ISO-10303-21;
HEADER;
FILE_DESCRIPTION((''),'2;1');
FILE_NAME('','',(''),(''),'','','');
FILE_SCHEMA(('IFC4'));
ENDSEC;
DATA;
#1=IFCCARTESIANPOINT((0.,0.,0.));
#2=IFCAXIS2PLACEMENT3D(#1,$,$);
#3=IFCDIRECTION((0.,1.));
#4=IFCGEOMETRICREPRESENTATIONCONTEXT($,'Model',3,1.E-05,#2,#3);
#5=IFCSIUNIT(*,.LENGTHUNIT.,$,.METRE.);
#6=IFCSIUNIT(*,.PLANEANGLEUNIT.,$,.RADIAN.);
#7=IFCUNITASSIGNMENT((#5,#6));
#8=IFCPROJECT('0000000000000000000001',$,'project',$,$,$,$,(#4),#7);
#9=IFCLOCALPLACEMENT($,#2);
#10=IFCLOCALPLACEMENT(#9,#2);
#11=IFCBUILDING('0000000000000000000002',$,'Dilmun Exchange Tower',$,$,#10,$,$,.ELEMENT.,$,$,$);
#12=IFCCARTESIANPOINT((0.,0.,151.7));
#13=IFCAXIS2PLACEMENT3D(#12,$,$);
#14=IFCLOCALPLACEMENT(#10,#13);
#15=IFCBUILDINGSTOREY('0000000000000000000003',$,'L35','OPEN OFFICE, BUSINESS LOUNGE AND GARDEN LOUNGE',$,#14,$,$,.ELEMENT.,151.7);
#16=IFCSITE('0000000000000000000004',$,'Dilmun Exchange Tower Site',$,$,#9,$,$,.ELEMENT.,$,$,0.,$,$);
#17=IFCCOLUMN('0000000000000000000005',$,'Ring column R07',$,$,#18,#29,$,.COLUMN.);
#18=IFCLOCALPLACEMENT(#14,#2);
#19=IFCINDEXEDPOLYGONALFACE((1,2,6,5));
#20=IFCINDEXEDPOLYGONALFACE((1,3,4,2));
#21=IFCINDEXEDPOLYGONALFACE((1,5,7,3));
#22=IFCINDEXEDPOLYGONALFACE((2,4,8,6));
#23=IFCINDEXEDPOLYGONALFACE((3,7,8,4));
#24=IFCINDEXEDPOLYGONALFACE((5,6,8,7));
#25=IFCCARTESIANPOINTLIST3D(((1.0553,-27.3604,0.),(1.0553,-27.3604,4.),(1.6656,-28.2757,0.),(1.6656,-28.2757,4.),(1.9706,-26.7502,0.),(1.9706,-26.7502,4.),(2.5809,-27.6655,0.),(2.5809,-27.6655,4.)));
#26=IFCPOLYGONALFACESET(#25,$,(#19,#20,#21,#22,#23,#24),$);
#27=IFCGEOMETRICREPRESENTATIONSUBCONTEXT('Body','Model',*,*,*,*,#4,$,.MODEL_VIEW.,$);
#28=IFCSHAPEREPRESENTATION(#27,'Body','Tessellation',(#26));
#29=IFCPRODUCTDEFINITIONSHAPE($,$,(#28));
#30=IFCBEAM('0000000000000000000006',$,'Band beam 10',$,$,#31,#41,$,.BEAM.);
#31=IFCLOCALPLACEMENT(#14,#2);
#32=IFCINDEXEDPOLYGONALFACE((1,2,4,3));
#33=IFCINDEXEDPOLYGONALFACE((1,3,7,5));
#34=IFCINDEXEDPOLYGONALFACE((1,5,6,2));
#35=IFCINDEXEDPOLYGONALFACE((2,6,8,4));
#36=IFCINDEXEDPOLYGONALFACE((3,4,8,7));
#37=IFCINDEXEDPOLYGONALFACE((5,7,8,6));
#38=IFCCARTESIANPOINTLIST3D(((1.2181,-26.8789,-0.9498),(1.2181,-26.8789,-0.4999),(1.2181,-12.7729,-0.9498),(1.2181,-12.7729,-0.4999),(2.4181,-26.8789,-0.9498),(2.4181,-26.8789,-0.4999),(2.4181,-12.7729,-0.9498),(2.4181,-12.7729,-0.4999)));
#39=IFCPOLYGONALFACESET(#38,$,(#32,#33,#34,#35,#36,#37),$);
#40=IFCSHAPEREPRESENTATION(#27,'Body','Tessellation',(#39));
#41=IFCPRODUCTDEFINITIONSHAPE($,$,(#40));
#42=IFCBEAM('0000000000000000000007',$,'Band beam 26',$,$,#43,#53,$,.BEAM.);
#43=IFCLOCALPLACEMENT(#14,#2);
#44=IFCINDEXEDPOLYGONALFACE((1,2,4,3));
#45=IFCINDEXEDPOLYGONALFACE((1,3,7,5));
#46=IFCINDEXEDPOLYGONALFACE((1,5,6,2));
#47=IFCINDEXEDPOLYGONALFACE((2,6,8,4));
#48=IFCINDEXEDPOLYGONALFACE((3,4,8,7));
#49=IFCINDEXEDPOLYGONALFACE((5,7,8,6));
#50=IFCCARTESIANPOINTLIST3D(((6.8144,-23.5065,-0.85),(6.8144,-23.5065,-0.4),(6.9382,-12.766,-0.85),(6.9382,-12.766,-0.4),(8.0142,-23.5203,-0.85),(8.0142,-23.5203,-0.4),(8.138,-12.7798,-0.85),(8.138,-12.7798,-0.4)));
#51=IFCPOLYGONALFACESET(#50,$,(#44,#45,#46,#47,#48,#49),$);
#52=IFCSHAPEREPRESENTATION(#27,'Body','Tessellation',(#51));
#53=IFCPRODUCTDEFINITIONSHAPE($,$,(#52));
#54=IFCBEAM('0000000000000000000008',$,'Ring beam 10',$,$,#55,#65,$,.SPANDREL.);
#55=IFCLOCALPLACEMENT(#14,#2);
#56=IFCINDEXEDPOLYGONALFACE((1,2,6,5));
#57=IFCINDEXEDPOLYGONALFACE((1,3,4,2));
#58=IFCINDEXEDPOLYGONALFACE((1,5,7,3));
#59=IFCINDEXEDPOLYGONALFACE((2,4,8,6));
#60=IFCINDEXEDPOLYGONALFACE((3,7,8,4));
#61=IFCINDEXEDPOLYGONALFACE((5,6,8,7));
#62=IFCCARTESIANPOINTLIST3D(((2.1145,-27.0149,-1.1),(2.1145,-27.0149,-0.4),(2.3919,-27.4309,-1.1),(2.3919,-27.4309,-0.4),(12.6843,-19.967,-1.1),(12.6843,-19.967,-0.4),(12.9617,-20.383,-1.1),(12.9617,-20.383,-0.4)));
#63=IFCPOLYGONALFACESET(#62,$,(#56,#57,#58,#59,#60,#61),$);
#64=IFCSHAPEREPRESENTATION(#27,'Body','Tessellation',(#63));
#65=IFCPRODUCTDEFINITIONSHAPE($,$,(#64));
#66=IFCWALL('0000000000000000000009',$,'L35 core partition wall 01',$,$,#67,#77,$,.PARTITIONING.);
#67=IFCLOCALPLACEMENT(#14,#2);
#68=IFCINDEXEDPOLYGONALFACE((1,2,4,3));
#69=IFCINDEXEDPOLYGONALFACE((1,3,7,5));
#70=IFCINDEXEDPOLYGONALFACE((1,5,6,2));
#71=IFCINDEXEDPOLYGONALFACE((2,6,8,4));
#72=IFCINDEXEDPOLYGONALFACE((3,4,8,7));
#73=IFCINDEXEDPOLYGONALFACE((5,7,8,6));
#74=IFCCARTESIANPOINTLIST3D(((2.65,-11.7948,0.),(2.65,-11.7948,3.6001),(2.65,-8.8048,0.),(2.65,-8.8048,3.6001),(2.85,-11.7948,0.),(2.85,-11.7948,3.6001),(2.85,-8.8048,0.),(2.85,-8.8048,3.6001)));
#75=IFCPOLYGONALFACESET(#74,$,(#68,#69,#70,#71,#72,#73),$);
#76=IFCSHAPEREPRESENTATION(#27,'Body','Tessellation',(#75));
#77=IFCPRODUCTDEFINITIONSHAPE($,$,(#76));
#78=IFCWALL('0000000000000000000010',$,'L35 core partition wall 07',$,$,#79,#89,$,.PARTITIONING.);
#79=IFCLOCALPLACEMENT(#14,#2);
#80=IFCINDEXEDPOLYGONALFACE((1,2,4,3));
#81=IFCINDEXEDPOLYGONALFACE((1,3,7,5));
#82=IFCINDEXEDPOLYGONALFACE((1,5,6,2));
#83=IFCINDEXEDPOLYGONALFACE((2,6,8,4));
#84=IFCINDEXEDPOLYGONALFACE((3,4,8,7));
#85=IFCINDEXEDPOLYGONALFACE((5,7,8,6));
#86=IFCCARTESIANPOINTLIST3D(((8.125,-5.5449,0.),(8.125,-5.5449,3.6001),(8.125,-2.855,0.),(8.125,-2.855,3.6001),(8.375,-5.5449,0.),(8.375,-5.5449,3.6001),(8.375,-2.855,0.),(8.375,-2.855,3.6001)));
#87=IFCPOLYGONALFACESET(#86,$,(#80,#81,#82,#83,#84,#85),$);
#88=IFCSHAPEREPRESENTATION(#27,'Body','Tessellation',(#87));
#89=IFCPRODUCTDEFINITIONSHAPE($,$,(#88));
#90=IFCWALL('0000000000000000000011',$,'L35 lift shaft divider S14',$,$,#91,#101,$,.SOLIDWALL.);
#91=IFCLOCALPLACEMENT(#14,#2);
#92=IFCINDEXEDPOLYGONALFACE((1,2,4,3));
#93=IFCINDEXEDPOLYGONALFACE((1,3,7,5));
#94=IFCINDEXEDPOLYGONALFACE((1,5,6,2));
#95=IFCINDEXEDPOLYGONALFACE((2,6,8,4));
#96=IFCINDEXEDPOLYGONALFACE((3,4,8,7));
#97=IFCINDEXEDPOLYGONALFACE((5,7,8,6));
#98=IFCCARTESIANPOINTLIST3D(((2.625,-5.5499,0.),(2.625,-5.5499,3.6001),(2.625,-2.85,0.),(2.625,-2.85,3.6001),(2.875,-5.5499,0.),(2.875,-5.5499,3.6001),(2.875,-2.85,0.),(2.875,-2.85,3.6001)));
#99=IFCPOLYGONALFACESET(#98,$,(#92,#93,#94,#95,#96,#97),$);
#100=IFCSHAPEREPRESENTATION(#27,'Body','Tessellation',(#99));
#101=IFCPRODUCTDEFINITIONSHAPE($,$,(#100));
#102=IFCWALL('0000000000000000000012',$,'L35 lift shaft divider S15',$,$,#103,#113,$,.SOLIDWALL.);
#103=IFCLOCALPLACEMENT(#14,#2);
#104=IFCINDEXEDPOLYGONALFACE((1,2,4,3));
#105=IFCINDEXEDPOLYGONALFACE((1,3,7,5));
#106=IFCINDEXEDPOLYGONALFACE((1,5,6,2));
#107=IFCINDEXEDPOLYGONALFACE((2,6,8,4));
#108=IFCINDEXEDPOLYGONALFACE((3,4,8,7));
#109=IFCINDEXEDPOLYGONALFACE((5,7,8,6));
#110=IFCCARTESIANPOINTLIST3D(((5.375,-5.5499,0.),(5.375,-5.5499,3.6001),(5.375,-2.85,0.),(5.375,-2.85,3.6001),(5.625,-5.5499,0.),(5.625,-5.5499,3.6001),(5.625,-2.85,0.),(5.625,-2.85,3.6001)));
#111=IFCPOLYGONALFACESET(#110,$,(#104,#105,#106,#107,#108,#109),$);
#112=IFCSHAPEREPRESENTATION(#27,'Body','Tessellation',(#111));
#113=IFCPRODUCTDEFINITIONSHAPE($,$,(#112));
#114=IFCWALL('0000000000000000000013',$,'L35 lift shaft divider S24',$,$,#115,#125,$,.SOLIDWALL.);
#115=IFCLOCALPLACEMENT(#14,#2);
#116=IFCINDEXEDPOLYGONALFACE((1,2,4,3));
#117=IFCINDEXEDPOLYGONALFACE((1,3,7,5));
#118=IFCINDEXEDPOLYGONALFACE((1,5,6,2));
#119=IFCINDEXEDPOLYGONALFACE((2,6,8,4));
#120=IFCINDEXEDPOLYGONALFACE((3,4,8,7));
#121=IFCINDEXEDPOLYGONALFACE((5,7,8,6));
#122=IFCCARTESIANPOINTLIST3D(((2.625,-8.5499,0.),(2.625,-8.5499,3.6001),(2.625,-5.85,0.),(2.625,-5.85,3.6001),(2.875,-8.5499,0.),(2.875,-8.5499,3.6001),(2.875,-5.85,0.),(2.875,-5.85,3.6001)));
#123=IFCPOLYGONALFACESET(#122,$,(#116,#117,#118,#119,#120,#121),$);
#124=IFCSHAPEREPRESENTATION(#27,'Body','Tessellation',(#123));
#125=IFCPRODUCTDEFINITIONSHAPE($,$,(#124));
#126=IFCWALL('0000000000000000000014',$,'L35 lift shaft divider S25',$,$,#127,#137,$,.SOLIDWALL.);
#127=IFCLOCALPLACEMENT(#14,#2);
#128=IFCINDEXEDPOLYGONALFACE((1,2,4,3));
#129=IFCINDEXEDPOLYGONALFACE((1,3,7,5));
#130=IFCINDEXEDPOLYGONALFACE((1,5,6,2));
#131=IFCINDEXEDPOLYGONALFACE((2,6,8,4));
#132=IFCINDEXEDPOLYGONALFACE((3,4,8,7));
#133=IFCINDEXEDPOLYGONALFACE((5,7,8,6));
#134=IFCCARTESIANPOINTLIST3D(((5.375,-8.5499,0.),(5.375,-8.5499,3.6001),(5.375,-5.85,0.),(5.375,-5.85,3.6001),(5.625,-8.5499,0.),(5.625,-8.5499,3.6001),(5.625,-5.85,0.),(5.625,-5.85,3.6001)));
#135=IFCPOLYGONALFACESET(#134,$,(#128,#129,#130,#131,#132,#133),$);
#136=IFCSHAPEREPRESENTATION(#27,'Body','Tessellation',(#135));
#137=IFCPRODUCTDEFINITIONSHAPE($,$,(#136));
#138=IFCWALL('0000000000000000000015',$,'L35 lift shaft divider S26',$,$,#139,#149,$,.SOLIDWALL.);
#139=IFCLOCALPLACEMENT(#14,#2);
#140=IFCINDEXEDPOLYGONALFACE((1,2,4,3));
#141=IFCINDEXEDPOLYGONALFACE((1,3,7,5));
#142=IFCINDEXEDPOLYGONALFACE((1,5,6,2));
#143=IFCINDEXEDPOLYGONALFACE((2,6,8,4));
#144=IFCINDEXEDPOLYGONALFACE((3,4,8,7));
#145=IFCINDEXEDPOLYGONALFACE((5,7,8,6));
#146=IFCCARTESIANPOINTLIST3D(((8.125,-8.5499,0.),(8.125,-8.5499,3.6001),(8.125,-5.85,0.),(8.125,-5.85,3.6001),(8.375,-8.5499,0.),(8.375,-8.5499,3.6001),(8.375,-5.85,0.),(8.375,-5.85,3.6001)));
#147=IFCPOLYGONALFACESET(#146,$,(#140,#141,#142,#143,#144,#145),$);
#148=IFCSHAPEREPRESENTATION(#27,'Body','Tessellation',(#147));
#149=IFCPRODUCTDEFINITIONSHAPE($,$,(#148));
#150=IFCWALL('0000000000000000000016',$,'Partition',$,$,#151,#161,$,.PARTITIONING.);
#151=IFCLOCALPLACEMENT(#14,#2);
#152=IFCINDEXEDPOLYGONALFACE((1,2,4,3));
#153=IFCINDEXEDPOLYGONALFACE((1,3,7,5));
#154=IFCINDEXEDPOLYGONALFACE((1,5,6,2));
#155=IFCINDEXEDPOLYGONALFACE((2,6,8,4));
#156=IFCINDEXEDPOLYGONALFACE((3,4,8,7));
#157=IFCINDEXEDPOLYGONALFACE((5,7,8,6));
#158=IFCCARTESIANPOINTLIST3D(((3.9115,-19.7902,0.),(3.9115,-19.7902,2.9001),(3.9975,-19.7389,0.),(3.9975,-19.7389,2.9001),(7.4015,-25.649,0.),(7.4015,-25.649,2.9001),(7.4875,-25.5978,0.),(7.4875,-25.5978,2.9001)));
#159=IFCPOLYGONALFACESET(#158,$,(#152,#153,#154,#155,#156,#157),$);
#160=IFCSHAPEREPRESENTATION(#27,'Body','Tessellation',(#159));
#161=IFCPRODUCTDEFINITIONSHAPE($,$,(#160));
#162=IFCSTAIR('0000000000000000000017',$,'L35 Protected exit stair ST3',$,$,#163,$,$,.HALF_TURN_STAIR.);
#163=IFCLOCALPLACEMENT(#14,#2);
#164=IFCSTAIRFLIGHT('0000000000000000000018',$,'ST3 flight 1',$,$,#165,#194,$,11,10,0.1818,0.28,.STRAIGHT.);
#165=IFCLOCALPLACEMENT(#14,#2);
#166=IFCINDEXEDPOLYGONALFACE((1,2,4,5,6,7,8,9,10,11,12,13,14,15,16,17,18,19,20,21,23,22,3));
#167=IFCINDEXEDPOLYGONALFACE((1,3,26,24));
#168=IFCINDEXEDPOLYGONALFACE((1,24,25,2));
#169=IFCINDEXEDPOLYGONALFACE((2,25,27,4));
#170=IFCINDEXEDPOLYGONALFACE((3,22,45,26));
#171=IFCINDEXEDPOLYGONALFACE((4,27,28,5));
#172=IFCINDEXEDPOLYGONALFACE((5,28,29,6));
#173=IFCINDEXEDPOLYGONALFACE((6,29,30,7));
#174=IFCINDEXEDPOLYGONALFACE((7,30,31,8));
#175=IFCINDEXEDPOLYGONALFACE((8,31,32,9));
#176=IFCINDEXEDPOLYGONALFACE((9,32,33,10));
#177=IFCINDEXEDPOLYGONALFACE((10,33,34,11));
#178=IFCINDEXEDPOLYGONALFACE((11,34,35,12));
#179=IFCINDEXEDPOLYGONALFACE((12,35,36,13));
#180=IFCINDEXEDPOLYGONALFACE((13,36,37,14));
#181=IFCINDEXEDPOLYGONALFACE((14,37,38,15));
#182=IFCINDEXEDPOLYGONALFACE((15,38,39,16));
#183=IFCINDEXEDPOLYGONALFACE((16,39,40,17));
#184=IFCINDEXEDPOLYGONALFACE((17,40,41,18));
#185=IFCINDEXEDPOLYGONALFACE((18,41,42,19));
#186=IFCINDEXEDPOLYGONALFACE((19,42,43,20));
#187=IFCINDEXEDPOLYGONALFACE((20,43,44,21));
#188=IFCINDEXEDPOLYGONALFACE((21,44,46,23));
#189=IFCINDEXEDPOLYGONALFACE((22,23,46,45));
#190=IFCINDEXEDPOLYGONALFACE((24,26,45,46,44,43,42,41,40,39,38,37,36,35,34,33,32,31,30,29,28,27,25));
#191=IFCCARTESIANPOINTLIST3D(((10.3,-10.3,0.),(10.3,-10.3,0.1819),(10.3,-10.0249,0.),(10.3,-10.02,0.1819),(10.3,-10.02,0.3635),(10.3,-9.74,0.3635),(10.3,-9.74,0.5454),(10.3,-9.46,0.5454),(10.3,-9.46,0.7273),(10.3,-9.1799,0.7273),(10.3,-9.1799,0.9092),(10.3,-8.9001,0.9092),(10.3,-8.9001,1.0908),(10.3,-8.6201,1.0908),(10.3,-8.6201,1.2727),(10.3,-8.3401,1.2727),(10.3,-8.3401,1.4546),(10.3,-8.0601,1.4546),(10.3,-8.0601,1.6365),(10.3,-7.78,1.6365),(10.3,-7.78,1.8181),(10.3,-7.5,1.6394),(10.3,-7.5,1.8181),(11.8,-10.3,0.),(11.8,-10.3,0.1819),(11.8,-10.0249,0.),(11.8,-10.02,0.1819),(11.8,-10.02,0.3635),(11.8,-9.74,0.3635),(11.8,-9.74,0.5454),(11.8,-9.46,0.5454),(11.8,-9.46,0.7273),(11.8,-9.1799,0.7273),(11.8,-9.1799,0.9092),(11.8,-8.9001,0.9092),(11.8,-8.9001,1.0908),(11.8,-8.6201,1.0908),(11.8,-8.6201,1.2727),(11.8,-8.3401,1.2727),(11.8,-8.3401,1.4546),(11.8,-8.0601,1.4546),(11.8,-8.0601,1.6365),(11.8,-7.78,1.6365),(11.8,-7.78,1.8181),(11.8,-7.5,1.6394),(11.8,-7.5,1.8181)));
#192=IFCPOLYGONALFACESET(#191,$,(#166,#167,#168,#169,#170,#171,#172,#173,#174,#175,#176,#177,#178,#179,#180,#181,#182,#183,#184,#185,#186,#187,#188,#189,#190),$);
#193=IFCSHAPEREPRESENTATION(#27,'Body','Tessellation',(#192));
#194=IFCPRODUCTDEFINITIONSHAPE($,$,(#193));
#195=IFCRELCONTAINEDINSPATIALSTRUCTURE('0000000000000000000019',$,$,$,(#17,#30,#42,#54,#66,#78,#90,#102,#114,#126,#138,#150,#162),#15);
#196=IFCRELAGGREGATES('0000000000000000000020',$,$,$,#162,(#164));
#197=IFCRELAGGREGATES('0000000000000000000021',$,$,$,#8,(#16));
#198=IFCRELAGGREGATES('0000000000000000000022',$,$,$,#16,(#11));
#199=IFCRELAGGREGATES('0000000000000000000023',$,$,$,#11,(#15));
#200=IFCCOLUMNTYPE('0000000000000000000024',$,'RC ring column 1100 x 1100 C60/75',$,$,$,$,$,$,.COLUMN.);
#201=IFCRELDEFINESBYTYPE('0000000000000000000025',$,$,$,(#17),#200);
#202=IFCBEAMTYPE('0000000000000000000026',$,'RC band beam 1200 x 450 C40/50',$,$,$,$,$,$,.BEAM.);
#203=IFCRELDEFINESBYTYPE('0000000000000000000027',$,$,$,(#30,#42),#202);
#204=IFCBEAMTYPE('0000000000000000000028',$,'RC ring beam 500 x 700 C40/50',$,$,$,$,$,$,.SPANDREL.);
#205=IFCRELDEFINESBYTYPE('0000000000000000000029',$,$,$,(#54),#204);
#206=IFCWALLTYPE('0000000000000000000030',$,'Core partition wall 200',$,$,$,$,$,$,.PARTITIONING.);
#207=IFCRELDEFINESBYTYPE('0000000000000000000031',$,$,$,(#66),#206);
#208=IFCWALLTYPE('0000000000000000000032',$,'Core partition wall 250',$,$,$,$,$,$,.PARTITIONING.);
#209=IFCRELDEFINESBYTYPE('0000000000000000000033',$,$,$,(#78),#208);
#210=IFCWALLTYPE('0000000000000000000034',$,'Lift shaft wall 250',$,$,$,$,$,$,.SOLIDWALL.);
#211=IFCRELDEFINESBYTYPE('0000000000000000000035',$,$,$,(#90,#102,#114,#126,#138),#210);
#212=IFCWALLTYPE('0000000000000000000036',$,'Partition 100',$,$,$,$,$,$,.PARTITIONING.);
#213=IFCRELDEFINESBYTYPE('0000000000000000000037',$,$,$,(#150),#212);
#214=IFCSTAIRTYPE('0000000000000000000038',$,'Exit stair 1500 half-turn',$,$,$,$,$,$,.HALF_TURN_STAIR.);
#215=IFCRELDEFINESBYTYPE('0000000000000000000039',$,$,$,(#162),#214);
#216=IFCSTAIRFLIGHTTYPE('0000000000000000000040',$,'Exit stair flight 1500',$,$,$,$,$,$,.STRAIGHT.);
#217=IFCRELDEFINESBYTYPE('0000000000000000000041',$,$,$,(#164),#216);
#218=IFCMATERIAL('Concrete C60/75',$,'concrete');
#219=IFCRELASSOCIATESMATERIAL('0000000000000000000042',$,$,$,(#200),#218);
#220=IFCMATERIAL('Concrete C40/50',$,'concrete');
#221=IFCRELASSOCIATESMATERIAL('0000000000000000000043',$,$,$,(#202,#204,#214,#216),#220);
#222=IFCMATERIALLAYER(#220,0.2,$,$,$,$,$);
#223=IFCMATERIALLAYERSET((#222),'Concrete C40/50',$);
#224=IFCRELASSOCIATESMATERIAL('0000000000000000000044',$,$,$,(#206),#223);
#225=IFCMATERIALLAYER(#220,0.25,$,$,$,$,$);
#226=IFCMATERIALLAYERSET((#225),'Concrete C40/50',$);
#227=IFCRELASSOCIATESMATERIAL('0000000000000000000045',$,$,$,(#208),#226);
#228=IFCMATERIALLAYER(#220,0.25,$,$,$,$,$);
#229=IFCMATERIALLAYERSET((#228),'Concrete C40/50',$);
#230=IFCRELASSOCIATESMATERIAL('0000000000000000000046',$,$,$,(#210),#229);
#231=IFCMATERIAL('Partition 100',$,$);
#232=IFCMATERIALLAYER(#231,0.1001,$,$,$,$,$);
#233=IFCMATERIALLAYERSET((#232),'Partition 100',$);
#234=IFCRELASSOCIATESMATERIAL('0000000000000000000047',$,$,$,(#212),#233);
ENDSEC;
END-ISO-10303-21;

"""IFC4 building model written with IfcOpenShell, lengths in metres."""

from ifc_helpers import new_model, si_unit, direction, frame, frame_2d, origin, origin_2d, place, context, subcontext, project, spatial, polyline, rectangle, outline, extrude, material, layer, layer_set, material_profile, profile_set, type_object, element, aggregate, save


model = new_model("IFC4")

# Units and contexts
model_context = context("Model", 3, precision=1e-05, world=origin(), true_north=direction((0.0, 1.0)))
body_context = subcontext(model_context, "Body", "Model", "MODEL_VIEW")
ifc_project = project(units=[si_unit("LENGTHUNIT", "METRE"), si_unit("PLANEANGLEUNIT", "RADIAN")], contexts=[model_context])

# Site, building, storey
site_placement = place(None, origin())
site = spatial("IfcSite", under=ifc_project, at=site_placement, Name="Dilmun Exchange Tower Site", CompositionType="ELEMENT", RefElevation=0.0)
building_placement = place(site_placement, origin())
building = spatial("IfcBuilding", under=site, at=building_placement, Name="Dilmun Exchange Tower", CompositionType="ELEMENT")
storey_placement = place(building_placement, frame((0.0, 0.0, 151.7)))
storey = spatial("IfcBuildingStorey", under=building, at=storey_placement, Name="L35", Description="OPEN OFFICE, BUSINESS LOUNGE AND GARDEN LOUNGE", CompositionType="ELEMENT", Elevation=151.7)

# Column
ifc_material_1 = material(Name="Concrete C60/75", Category="concrete")
ifc_material_profile_1 = material_profile(ifc_material_1, rectangle(XDim=1.1001, YDim=1.1001, at=origin_2d()), Name="1100 x 1100")
ifc_profile_set_1 = profile_set([ifc_material_profile_1], Name="Concrete C60/75")
column_type = type_object("IfcColumnType", Name="RC ring column 1100 x 1100 C60/75", PredefinedType="COLUMN", material=ifc_profile_set_1)
column_placement = place(storey_placement, frame((1.8181, -27.5129, 0.0), z_axis=(0.0, 0.0, 1.0), x_axis=(0.832029, 0.554733, 0.0)))
element("IfcColumn", 1, at=column_placement, inside=storey, type_object=column_type, Name="Ring column R07", PredefinedType="COLUMN", context=body_context, shape_type="SweptSolid", body=[
    extrude(rectangle(XDim=1.1001, YDim=1.1001, at=origin_2d()), origin(), (0.0, 0.0, 1.0), 4.0),
])

# Beams
ifc_material_2 = material(Name="Concrete C40/50", Category="concrete")
ifc_material_profile_2 = material_profile(ifc_material_2, rectangle(XDim=1.2, YDim=0.45, at=origin_2d()), Name="1200 x 450")
ifc_profile_set_2 = profile_set([ifc_material_profile_2], Name="Concrete C40/50")
beam_type_1 = type_object("IfcBeamType", Name="RC band beam 1200 x 450 C40/50", PredefinedType="BEAM", material=ifc_profile_set_2)
beam_1_placement = place(storey_placement, frame((1.8181, -26.8789, -0.7249), z_axis=(0.0, 1.0, 0.0), x_axis=(-1.0, 0.0, 0.0)))
element("IfcBeam", 2, at=beam_1_placement, inside=storey, type_object=beam_type_1, Name="Band beam 10", PredefinedType="BEAM", context=body_context, shape_type="SweptSolid", body=[
    extrude(rectangle(XDim=1.2, YDim=0.45, at=origin_2d()), origin(), (0.0, 0.0, 1.0), 14.106),
])
beam_2_placement = place(storey_placement, frame((7.4143, -23.5134, -0.625), z_axis=(0.011524, 0.999934, 0.0), x_axis=(-0.999934, 0.011524, 0.0)))
element("IfcBeam", 3, at=beam_2_placement, inside=storey, type_object=beam_type_1, Name="Band beam 26", PredefinedType="BEAM", context=body_context, shape_type="SweptSolid", body=[
    extrude(rectangle(XDim=1.2, YDim=0.45, at=origin_2d()), origin(), (0.0, 0.0, 1.0), 10.7412),
])
ifc_material_profile_3 = material_profile(ifc_material_2, rectangle(XDim=0.5, YDim=0.7, at=origin_2d()), Name="500 x 700")
ifc_profile_set_3 = profile_set([ifc_material_profile_3], Name="Concrete C40/50")
beam_type_2 = type_object("IfcBeamType", Name="RC ring beam 500 x 700 C40/50", PredefinedType="SPANDREL", material=ifc_profile_set_3)
beam_3_placement = place(storey_placement, frame((2.2532, -27.2229, -0.75), z_axis=(0.832003, 0.554771, 0.0), x_axis=(-0.554771, 0.832003, 0.0)))
element("IfcBeam", 4, at=beam_3_placement, inside=storey, type_object=beam_type_2, Name="Ring beam 10", PredefinedType="SPANDREL", context=body_context, shape_type="SweptSolid", body=[
    extrude(rectangle(XDim=0.5, YDim=0.7, at=origin_2d()), origin(), (0.0, 0.0, 1.0), 12.7041),
])

# Walls
ifc_layer_1 = layer(ifc_material_2, 0.2)
ifc_layer_set_1 = layer_set([ifc_layer_1], Name="Concrete C40/50")
wall_type_1 = type_object("IfcWallType", Name="Core partition wall 200", PredefinedType="PARTITIONING", material=ifc_layer_set_1)
wall_1_placement = place(storey_placement, frame((2.75, -11.7949, 0.0), z_axis=(0.0, 0.0, 1.0), x_axis=(0.0, 1.0, 0.0)))
element("IfcWall", 5, at=wall_1_placement, inside=storey, type_object=wall_type_1, Name="L35 core partition wall 01", PredefinedType="PARTITIONING", context=body_context, shape_type="SweptSolid", body=[
    extrude(rectangle(XDim=2.99, YDim=0.2, at=frame_2d((1.4951, 0.0))), origin(), (0.0, 0.0, 1.0), 3.6001),
])
ifc_layer_2 = layer(ifc_material_2, 0.25)
ifc_layer_set_2 = layer_set([ifc_layer_2], Name="Concrete C40/50")
wall_type_2 = type_object("IfcWallType", Name="Core partition wall 250", PredefinedType="PARTITIONING", material=ifc_layer_set_2)
wall_2_placement = place(storey_placement, frame((8.25, -5.5449, 0.0), z_axis=(0.0, 0.0, 1.0), x_axis=(0.0, 1.0, 0.0)))
element("IfcWall", 6, at=wall_2_placement, inside=storey, type_object=wall_type_2, Name="L35 core partition wall 07", PredefinedType="PARTITIONING", context=body_context, shape_type="SweptSolid", body=[
    extrude(rectangle(XDim=2.6899, YDim=0.25, at=frame_2d((1.345, 0.0))), origin(), (0.0, 0.0, 1.0), 3.6001),
])
ifc_layer_3 = layer(ifc_material_2, 0.25)
ifc_layer_set_3 = layer_set([ifc_layer_3], Name="Concrete C40/50")
wall_type_3 = type_object("IfcWallType", Name="Lift shaft wall 250", PredefinedType="SOLIDWALL", material=ifc_layer_set_3)
for number, where, z_axis, x_axis, name in (
    (7, (2.75, -5.55, 0.0), (0.0, 0.0, 1.0), (0.0, 1.0, 0.0), "L35 lift shaft divider S14"),
    (8, (5.5, -5.55, 0.0), (0.0, 0.0, 1.0), (0.0, 1.0, 0.0), "L35 lift shaft divider S15"),
    (9, (2.75, -8.55, 0.0), (0.0, 0.0, 1.0), (0.0, 1.0, 0.0), "L35 lift shaft divider S24"),
    (10, (5.5, -8.55, 0.0), (0.0, 0.0, 1.0), (0.0, 1.0, 0.0), "L35 lift shaft divider S25"),
    (11, (8.25, -8.55, 0.0), (0.0, 0.0, 1.0), (0.0, 1.0, 0.0), "L35 lift shaft divider S26"),
):
    element("IfcWall", number, at=place(storey_placement, frame(where, z_axis=z_axis, x_axis=x_axis)), inside=storey, type_object=wall_type_3, Name=name, PredefinedType="SOLIDWALL", context=body_context, shape_type="SweptSolid", body=[
        extrude(rectangle(XDim=2.7, YDim=0.25, at=frame_2d((1.3501, 0.0))), origin(), (0.0, 0.0, 1.0), 3.6001),
    ])
ifc_material_3 = material(Name="Partition 100")
ifc_layer_4 = layer(ifc_material_3, 0.1001)
ifc_layer_set_4 = layer_set([ifc_layer_4], Name="Partition 100")
wall_type_4 = type_object("IfcWallType", Name="Partition 100", PredefinedType="PARTITIONING", material=ifc_layer_set_4)
wall_3_placement = place(storey_placement, frame((3.9546, -19.7646, 0.0), z_axis=(0.0, 0.0, 1.0), x_axis=(0.511761, -0.859128, 0.0)))
element("IfcWall", 12, at=wall_3_placement, inside=storey, type_object=wall_type_4, Name="Partition", PredefinedType="PARTITIONING", context=body_context, shape_type="SweptSolid", body=[
    extrude(rectangle(XDim=6.8196, YDim=0.1001, at=frame_2d((3.4097, 0.0))), origin(), (0.0, 0.0, 1.0), 2.9001),
])

# Stair, stair flight
stair_type = type_object("IfcStairType", Name="Exit stair 1500 half-turn", PredefinedType="HALF_TURN_STAIR", material=ifc_material_2)
stair_placement = place(storey_placement, origin())
stair = element("IfcStair", 13, at=stair_placement, inside=storey, type_object=stair_type, Name="L35 Protected exit stair ST3", PredefinedType="HALF_TURN_STAIR")
stair_flight_type = type_object("IfcStairFlightType", Name="Exit stair flight 1500", PredefinedType="STRAIGHT", material=ifc_material_2)
stair_flight_1_placement = place(storey_placement, frame((11.05, -10.3, 0.0), z_axis=(0.0, 0.0, 1.0), x_axis=(0.0, 1.0, 0.0)))
stair_flight_1 = element("IfcStairFlight", 14, at=stair_flight_1_placement, type_object=stair_flight_type, Name="ST3 flight 1", NumberOfRisers=11, NumberOfTreads=10, PredefinedType="STRAIGHT", RiserHeight=0.1818, TreadLength=0.28, context=body_context, shape_type="SweptSolid", body=[
    extrude(outline(polyline([(0.0, 0.0), (0.0, 0.1819), (0.28, 0.1819), (0.28, 0.3635), (0.5601, 0.3635), (0.5601, 0.5454), (0.8401, 0.5454), (0.8401, 0.7273), (1.1201, 0.7273), (1.1201, 0.9092), (1.3999, 0.9092), (1.3999, 1.0908), (1.6799, 1.0908), (1.6799, 1.2727), (1.96, 1.2727), (1.96, 1.4546), (2.24, 1.4546), (2.24, 1.6365), (2.52, 1.6365), (2.52, 1.8181), (2.8, 1.8181), (2.8, 2.0), (2.8, 1.6394), (0.2751, 0.0), (0.0, 0.0)])), frame((0.0, 0.75, 0.0), z_axis=(0.0, -1.0, 0.0), x_axis=(1.0, 0.0, 0.0)), (0.0, 0.0, 1.0), 1.5),
])
aggregate(stair, [stair_flight_1])

save(model, "model.ifc")
